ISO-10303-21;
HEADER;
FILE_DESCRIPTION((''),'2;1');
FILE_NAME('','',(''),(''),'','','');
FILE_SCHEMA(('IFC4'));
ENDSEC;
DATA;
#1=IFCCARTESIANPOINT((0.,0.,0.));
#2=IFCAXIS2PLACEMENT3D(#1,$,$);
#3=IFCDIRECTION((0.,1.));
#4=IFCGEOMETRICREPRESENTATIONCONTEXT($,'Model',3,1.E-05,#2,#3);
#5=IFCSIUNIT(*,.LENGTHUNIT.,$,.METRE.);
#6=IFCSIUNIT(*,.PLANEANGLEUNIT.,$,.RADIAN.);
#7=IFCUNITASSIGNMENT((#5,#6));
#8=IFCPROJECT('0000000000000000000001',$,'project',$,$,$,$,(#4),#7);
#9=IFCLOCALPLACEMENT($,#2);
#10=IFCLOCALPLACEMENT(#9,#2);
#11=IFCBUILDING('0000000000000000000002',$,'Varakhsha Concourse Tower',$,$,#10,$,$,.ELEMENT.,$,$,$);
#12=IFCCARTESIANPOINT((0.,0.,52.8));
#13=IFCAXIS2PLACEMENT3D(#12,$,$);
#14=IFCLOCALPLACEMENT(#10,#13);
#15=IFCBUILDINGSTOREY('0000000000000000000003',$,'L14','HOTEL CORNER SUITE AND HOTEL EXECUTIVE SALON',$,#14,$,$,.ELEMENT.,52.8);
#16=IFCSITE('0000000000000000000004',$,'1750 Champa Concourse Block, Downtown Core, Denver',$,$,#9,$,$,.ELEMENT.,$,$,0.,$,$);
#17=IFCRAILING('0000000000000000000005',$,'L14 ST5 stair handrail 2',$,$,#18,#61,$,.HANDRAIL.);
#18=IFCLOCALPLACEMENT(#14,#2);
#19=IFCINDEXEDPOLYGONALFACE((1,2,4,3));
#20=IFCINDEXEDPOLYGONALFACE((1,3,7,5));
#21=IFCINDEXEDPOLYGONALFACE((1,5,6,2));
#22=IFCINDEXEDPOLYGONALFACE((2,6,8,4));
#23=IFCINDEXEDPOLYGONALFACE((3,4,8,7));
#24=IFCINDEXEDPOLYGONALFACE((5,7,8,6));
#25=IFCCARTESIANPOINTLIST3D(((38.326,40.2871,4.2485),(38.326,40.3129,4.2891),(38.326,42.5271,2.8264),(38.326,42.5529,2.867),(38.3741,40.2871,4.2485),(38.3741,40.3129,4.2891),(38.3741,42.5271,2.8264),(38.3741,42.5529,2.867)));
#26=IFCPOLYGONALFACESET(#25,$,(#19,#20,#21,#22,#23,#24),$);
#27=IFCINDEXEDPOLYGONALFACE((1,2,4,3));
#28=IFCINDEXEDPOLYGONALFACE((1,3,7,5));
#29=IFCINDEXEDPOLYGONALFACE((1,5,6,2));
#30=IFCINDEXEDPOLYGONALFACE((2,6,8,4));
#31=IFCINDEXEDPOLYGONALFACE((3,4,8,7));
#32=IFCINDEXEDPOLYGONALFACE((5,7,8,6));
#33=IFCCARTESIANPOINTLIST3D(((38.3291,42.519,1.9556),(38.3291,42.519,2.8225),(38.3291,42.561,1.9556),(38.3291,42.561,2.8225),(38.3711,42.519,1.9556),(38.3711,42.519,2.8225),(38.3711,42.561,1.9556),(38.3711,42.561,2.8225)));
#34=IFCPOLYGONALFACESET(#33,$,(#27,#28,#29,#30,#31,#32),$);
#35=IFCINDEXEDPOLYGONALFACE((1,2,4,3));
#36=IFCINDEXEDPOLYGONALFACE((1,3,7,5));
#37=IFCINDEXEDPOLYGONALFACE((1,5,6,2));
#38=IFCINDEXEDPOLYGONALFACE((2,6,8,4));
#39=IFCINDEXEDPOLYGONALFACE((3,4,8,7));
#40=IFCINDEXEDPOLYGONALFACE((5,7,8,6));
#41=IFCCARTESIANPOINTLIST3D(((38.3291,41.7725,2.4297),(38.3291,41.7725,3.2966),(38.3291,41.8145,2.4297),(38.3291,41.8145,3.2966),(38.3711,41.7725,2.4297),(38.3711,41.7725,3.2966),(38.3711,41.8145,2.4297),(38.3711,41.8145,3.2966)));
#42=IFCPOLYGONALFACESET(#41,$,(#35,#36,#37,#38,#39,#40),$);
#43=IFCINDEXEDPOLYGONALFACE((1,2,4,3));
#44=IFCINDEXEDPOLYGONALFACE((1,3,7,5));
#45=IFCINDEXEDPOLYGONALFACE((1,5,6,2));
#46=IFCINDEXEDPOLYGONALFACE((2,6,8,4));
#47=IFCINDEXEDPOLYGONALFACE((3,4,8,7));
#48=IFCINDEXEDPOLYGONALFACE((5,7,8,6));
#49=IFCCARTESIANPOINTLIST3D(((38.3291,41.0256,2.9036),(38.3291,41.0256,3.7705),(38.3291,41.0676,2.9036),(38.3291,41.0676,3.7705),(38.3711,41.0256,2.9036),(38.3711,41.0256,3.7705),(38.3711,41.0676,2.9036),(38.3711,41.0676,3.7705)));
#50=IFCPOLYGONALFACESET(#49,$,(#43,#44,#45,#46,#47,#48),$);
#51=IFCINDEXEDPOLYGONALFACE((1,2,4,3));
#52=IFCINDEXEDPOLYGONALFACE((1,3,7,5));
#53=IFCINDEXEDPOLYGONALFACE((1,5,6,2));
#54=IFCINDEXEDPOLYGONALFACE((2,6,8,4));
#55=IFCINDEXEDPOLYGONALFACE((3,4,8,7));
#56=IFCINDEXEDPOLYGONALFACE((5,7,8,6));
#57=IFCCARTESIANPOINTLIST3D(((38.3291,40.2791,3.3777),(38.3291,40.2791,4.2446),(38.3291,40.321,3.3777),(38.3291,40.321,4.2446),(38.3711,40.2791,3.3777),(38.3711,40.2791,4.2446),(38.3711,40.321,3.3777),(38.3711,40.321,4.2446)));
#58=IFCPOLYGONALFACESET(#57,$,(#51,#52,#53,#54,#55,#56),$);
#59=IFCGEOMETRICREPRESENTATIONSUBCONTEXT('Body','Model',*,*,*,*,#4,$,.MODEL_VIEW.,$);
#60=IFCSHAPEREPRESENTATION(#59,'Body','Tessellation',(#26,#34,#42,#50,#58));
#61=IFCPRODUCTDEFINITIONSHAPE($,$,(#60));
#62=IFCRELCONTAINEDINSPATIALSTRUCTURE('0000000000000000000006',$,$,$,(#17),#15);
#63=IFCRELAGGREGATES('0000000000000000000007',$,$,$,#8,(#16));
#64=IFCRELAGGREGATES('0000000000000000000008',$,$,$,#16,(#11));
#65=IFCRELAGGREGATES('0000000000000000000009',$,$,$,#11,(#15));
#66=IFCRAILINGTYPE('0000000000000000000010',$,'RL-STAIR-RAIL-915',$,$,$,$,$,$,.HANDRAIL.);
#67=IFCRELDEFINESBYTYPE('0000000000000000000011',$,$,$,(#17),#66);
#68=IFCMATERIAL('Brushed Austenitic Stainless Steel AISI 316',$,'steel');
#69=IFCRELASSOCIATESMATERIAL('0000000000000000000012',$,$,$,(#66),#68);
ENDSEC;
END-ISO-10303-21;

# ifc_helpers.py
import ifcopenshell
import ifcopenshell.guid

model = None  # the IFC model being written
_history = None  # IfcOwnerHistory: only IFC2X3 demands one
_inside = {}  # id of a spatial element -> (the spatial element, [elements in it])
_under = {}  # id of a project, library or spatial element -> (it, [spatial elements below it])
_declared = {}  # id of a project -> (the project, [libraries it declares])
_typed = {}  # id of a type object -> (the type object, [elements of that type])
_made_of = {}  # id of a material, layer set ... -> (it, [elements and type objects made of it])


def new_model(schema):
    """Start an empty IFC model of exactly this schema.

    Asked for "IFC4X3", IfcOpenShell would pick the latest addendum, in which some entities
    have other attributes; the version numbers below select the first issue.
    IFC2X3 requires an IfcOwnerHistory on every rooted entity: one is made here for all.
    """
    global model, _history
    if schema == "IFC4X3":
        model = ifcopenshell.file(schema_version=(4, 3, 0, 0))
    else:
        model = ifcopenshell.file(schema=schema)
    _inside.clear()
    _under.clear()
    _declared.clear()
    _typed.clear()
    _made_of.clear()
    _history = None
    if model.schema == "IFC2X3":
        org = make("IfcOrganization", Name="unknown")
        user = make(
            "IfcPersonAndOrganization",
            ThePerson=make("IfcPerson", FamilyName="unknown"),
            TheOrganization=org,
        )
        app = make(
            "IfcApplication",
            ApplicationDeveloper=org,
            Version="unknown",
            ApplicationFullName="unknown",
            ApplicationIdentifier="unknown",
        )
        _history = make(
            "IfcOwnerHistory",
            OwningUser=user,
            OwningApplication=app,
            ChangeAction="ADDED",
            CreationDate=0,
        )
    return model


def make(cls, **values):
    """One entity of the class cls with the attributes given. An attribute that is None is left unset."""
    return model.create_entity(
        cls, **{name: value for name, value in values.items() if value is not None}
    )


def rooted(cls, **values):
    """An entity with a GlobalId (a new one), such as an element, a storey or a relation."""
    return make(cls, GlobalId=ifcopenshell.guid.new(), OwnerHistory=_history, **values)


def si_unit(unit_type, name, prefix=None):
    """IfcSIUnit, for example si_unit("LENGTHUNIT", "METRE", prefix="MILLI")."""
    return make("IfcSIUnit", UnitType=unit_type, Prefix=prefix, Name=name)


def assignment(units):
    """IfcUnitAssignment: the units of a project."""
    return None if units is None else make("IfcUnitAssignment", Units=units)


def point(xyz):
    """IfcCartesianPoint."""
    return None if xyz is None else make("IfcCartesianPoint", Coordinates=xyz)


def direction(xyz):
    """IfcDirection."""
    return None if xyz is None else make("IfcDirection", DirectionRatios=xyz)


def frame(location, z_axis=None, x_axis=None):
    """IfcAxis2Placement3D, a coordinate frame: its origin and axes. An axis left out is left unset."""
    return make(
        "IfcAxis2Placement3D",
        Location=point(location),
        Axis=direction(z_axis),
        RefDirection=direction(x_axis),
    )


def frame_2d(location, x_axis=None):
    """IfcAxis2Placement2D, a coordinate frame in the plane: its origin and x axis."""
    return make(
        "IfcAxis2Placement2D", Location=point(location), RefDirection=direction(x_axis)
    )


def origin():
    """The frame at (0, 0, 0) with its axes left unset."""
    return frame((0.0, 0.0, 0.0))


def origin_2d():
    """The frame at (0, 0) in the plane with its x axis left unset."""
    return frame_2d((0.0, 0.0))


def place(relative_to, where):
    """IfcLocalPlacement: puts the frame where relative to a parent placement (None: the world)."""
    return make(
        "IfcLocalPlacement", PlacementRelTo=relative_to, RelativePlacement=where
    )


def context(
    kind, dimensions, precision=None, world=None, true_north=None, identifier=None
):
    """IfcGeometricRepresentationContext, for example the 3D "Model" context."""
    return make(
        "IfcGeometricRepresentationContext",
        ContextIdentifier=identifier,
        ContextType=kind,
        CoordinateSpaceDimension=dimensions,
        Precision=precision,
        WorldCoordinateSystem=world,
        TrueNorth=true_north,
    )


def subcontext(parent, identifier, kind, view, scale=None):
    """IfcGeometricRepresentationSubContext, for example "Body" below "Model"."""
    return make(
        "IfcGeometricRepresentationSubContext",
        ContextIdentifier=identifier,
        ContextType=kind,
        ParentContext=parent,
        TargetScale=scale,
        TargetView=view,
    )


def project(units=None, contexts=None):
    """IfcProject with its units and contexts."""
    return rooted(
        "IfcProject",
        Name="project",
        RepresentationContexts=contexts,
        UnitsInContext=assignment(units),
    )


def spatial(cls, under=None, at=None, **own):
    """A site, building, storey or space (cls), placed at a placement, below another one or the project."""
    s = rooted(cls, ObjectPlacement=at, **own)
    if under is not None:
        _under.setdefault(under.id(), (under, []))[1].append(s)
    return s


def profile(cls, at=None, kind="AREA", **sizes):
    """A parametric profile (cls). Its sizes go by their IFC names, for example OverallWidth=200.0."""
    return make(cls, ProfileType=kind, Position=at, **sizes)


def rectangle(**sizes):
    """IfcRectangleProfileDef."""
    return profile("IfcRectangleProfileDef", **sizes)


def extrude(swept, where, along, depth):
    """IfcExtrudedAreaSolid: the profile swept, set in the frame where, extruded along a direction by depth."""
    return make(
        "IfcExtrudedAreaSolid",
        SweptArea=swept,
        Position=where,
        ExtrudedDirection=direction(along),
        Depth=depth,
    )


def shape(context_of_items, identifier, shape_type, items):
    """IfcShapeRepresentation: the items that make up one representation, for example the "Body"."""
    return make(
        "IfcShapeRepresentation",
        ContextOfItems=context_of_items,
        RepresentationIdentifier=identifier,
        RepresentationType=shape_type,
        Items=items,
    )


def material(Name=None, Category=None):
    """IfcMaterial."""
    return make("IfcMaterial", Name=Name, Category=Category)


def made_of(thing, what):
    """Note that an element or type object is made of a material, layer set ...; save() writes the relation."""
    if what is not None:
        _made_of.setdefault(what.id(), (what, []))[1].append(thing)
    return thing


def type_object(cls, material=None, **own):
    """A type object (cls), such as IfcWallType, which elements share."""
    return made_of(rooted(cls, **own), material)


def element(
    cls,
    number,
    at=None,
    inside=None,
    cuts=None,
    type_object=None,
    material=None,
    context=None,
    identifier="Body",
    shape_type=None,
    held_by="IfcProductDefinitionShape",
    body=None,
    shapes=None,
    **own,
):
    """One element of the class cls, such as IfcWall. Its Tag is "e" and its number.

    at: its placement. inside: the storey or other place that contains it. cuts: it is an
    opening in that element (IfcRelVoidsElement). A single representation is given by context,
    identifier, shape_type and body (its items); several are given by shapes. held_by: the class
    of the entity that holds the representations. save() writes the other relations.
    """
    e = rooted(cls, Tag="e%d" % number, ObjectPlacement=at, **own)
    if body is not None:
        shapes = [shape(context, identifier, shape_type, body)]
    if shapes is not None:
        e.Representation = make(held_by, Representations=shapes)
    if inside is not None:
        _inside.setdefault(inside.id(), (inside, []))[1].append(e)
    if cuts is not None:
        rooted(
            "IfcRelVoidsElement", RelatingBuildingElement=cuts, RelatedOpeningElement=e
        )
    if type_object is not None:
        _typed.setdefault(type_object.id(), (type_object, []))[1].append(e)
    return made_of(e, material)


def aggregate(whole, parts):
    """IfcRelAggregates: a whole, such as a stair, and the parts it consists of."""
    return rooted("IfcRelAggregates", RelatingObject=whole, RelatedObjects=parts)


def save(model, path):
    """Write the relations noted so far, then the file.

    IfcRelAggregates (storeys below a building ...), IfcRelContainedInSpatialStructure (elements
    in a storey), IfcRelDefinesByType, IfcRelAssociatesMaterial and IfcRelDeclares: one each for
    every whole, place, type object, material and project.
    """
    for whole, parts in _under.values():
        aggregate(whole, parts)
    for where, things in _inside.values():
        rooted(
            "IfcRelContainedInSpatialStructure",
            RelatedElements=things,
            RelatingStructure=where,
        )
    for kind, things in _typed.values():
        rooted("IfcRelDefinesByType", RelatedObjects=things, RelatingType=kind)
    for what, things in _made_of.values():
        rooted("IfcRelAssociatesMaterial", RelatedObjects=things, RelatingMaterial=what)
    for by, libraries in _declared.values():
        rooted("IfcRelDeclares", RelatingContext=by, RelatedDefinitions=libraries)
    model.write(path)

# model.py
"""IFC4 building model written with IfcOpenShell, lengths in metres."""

from ifc_helpers import new_model, si_unit, direction, frame, origin, origin_2d, place, context, subcontext, project, spatial, rectangle, extrude, material, type_object, element, save


model = new_model("IFC4")

# Units and contexts
model_context = context("Model", 3, precision=1e-05, world=origin(), true_north=direction((0.0, 1.0)))
body_context = subcontext(model_context, "Body", "Model", "MODEL_VIEW")
ifc_project = project(units=[si_unit("LENGTHUNIT", "METRE"), si_unit("PLANEANGLEUNIT", "RADIAN")], contexts=[model_context])

# Site, building, storey
site_placement = place(None, origin())
site = spatial("IfcSite", under=ifc_project, at=site_placement, Name="1750 Champa Concourse Block, Downtown Core, Denver", CompositionType="ELEMENT", RefElevation=0.0)
building_placement = place(site_placement, origin())
building = spatial("IfcBuilding", under=site, at=building_placement, Name="Varakhsha Concourse Tower", CompositionType="ELEMENT")
storey_placement = place(building_placement, frame((0.0, 0.0, 52.8)))
storey = spatial("IfcBuildingStorey", under=building, at=storey_placement, Name="L14", Description="HOTEL CORNER SUITE AND HOTEL EXECUTIVE SALON", CompositionType="ELEMENT", Elevation=52.8)

# Railing
ifc_material_1 = material(Name="Brushed Austenitic Stainless Steel AISI 316", Category="steel")
railing_type = type_object("IfcRailingType", Name="RL-STAIR-RAIL-915", PredefinedType="HANDRAIL", material=ifc_material_1)
railing_placement = place(storey_placement, frame((38.3501, 42.54, 1.9556)))
element("IfcRailing", 1, at=railing_placement, inside=storey, type_object=railing_type, Name="L14 ST5 stair handrail 2", PredefinedType="HANDRAIL", context=body_context, shape_type="SweptSolid", body=[
    extrude(rectangle(XDim=0.0481, YDim=0.0481, at=origin_2d()), frame((0.0, 0.0, 0.8911), z_axis=(0.0, -0.844229, 0.535982), x_axis=(1.0, 0.0, 0.0)), (0.0, 0.0, 1.0), 2.6533),
    extrude(rectangle(XDim=0.042, YDim=0.042, at=origin_2d()), origin(), (0.0, 0.0, 1.0), 0.8669),
    extrude(rectangle(XDim=0.042, YDim=0.042, at=origin_2d()), frame((0.0, -0.7466, 0.4741)), (0.0, 0.0, 1.0), 0.8669),
    extrude(rectangle(XDim=0.042, YDim=0.042, at=origin_2d()), frame((0.0, -1.4934, 0.948)), (0.0, 0.0, 1.0), 0.8669),
    extrude(rectangle(XDim=0.042, YDim=0.042, at=origin_2d()), frame((0.0, -2.24, 1.4221)), (0.0, 0.0, 1.0), 0.8669),
])

save(model, "model.ifc")
